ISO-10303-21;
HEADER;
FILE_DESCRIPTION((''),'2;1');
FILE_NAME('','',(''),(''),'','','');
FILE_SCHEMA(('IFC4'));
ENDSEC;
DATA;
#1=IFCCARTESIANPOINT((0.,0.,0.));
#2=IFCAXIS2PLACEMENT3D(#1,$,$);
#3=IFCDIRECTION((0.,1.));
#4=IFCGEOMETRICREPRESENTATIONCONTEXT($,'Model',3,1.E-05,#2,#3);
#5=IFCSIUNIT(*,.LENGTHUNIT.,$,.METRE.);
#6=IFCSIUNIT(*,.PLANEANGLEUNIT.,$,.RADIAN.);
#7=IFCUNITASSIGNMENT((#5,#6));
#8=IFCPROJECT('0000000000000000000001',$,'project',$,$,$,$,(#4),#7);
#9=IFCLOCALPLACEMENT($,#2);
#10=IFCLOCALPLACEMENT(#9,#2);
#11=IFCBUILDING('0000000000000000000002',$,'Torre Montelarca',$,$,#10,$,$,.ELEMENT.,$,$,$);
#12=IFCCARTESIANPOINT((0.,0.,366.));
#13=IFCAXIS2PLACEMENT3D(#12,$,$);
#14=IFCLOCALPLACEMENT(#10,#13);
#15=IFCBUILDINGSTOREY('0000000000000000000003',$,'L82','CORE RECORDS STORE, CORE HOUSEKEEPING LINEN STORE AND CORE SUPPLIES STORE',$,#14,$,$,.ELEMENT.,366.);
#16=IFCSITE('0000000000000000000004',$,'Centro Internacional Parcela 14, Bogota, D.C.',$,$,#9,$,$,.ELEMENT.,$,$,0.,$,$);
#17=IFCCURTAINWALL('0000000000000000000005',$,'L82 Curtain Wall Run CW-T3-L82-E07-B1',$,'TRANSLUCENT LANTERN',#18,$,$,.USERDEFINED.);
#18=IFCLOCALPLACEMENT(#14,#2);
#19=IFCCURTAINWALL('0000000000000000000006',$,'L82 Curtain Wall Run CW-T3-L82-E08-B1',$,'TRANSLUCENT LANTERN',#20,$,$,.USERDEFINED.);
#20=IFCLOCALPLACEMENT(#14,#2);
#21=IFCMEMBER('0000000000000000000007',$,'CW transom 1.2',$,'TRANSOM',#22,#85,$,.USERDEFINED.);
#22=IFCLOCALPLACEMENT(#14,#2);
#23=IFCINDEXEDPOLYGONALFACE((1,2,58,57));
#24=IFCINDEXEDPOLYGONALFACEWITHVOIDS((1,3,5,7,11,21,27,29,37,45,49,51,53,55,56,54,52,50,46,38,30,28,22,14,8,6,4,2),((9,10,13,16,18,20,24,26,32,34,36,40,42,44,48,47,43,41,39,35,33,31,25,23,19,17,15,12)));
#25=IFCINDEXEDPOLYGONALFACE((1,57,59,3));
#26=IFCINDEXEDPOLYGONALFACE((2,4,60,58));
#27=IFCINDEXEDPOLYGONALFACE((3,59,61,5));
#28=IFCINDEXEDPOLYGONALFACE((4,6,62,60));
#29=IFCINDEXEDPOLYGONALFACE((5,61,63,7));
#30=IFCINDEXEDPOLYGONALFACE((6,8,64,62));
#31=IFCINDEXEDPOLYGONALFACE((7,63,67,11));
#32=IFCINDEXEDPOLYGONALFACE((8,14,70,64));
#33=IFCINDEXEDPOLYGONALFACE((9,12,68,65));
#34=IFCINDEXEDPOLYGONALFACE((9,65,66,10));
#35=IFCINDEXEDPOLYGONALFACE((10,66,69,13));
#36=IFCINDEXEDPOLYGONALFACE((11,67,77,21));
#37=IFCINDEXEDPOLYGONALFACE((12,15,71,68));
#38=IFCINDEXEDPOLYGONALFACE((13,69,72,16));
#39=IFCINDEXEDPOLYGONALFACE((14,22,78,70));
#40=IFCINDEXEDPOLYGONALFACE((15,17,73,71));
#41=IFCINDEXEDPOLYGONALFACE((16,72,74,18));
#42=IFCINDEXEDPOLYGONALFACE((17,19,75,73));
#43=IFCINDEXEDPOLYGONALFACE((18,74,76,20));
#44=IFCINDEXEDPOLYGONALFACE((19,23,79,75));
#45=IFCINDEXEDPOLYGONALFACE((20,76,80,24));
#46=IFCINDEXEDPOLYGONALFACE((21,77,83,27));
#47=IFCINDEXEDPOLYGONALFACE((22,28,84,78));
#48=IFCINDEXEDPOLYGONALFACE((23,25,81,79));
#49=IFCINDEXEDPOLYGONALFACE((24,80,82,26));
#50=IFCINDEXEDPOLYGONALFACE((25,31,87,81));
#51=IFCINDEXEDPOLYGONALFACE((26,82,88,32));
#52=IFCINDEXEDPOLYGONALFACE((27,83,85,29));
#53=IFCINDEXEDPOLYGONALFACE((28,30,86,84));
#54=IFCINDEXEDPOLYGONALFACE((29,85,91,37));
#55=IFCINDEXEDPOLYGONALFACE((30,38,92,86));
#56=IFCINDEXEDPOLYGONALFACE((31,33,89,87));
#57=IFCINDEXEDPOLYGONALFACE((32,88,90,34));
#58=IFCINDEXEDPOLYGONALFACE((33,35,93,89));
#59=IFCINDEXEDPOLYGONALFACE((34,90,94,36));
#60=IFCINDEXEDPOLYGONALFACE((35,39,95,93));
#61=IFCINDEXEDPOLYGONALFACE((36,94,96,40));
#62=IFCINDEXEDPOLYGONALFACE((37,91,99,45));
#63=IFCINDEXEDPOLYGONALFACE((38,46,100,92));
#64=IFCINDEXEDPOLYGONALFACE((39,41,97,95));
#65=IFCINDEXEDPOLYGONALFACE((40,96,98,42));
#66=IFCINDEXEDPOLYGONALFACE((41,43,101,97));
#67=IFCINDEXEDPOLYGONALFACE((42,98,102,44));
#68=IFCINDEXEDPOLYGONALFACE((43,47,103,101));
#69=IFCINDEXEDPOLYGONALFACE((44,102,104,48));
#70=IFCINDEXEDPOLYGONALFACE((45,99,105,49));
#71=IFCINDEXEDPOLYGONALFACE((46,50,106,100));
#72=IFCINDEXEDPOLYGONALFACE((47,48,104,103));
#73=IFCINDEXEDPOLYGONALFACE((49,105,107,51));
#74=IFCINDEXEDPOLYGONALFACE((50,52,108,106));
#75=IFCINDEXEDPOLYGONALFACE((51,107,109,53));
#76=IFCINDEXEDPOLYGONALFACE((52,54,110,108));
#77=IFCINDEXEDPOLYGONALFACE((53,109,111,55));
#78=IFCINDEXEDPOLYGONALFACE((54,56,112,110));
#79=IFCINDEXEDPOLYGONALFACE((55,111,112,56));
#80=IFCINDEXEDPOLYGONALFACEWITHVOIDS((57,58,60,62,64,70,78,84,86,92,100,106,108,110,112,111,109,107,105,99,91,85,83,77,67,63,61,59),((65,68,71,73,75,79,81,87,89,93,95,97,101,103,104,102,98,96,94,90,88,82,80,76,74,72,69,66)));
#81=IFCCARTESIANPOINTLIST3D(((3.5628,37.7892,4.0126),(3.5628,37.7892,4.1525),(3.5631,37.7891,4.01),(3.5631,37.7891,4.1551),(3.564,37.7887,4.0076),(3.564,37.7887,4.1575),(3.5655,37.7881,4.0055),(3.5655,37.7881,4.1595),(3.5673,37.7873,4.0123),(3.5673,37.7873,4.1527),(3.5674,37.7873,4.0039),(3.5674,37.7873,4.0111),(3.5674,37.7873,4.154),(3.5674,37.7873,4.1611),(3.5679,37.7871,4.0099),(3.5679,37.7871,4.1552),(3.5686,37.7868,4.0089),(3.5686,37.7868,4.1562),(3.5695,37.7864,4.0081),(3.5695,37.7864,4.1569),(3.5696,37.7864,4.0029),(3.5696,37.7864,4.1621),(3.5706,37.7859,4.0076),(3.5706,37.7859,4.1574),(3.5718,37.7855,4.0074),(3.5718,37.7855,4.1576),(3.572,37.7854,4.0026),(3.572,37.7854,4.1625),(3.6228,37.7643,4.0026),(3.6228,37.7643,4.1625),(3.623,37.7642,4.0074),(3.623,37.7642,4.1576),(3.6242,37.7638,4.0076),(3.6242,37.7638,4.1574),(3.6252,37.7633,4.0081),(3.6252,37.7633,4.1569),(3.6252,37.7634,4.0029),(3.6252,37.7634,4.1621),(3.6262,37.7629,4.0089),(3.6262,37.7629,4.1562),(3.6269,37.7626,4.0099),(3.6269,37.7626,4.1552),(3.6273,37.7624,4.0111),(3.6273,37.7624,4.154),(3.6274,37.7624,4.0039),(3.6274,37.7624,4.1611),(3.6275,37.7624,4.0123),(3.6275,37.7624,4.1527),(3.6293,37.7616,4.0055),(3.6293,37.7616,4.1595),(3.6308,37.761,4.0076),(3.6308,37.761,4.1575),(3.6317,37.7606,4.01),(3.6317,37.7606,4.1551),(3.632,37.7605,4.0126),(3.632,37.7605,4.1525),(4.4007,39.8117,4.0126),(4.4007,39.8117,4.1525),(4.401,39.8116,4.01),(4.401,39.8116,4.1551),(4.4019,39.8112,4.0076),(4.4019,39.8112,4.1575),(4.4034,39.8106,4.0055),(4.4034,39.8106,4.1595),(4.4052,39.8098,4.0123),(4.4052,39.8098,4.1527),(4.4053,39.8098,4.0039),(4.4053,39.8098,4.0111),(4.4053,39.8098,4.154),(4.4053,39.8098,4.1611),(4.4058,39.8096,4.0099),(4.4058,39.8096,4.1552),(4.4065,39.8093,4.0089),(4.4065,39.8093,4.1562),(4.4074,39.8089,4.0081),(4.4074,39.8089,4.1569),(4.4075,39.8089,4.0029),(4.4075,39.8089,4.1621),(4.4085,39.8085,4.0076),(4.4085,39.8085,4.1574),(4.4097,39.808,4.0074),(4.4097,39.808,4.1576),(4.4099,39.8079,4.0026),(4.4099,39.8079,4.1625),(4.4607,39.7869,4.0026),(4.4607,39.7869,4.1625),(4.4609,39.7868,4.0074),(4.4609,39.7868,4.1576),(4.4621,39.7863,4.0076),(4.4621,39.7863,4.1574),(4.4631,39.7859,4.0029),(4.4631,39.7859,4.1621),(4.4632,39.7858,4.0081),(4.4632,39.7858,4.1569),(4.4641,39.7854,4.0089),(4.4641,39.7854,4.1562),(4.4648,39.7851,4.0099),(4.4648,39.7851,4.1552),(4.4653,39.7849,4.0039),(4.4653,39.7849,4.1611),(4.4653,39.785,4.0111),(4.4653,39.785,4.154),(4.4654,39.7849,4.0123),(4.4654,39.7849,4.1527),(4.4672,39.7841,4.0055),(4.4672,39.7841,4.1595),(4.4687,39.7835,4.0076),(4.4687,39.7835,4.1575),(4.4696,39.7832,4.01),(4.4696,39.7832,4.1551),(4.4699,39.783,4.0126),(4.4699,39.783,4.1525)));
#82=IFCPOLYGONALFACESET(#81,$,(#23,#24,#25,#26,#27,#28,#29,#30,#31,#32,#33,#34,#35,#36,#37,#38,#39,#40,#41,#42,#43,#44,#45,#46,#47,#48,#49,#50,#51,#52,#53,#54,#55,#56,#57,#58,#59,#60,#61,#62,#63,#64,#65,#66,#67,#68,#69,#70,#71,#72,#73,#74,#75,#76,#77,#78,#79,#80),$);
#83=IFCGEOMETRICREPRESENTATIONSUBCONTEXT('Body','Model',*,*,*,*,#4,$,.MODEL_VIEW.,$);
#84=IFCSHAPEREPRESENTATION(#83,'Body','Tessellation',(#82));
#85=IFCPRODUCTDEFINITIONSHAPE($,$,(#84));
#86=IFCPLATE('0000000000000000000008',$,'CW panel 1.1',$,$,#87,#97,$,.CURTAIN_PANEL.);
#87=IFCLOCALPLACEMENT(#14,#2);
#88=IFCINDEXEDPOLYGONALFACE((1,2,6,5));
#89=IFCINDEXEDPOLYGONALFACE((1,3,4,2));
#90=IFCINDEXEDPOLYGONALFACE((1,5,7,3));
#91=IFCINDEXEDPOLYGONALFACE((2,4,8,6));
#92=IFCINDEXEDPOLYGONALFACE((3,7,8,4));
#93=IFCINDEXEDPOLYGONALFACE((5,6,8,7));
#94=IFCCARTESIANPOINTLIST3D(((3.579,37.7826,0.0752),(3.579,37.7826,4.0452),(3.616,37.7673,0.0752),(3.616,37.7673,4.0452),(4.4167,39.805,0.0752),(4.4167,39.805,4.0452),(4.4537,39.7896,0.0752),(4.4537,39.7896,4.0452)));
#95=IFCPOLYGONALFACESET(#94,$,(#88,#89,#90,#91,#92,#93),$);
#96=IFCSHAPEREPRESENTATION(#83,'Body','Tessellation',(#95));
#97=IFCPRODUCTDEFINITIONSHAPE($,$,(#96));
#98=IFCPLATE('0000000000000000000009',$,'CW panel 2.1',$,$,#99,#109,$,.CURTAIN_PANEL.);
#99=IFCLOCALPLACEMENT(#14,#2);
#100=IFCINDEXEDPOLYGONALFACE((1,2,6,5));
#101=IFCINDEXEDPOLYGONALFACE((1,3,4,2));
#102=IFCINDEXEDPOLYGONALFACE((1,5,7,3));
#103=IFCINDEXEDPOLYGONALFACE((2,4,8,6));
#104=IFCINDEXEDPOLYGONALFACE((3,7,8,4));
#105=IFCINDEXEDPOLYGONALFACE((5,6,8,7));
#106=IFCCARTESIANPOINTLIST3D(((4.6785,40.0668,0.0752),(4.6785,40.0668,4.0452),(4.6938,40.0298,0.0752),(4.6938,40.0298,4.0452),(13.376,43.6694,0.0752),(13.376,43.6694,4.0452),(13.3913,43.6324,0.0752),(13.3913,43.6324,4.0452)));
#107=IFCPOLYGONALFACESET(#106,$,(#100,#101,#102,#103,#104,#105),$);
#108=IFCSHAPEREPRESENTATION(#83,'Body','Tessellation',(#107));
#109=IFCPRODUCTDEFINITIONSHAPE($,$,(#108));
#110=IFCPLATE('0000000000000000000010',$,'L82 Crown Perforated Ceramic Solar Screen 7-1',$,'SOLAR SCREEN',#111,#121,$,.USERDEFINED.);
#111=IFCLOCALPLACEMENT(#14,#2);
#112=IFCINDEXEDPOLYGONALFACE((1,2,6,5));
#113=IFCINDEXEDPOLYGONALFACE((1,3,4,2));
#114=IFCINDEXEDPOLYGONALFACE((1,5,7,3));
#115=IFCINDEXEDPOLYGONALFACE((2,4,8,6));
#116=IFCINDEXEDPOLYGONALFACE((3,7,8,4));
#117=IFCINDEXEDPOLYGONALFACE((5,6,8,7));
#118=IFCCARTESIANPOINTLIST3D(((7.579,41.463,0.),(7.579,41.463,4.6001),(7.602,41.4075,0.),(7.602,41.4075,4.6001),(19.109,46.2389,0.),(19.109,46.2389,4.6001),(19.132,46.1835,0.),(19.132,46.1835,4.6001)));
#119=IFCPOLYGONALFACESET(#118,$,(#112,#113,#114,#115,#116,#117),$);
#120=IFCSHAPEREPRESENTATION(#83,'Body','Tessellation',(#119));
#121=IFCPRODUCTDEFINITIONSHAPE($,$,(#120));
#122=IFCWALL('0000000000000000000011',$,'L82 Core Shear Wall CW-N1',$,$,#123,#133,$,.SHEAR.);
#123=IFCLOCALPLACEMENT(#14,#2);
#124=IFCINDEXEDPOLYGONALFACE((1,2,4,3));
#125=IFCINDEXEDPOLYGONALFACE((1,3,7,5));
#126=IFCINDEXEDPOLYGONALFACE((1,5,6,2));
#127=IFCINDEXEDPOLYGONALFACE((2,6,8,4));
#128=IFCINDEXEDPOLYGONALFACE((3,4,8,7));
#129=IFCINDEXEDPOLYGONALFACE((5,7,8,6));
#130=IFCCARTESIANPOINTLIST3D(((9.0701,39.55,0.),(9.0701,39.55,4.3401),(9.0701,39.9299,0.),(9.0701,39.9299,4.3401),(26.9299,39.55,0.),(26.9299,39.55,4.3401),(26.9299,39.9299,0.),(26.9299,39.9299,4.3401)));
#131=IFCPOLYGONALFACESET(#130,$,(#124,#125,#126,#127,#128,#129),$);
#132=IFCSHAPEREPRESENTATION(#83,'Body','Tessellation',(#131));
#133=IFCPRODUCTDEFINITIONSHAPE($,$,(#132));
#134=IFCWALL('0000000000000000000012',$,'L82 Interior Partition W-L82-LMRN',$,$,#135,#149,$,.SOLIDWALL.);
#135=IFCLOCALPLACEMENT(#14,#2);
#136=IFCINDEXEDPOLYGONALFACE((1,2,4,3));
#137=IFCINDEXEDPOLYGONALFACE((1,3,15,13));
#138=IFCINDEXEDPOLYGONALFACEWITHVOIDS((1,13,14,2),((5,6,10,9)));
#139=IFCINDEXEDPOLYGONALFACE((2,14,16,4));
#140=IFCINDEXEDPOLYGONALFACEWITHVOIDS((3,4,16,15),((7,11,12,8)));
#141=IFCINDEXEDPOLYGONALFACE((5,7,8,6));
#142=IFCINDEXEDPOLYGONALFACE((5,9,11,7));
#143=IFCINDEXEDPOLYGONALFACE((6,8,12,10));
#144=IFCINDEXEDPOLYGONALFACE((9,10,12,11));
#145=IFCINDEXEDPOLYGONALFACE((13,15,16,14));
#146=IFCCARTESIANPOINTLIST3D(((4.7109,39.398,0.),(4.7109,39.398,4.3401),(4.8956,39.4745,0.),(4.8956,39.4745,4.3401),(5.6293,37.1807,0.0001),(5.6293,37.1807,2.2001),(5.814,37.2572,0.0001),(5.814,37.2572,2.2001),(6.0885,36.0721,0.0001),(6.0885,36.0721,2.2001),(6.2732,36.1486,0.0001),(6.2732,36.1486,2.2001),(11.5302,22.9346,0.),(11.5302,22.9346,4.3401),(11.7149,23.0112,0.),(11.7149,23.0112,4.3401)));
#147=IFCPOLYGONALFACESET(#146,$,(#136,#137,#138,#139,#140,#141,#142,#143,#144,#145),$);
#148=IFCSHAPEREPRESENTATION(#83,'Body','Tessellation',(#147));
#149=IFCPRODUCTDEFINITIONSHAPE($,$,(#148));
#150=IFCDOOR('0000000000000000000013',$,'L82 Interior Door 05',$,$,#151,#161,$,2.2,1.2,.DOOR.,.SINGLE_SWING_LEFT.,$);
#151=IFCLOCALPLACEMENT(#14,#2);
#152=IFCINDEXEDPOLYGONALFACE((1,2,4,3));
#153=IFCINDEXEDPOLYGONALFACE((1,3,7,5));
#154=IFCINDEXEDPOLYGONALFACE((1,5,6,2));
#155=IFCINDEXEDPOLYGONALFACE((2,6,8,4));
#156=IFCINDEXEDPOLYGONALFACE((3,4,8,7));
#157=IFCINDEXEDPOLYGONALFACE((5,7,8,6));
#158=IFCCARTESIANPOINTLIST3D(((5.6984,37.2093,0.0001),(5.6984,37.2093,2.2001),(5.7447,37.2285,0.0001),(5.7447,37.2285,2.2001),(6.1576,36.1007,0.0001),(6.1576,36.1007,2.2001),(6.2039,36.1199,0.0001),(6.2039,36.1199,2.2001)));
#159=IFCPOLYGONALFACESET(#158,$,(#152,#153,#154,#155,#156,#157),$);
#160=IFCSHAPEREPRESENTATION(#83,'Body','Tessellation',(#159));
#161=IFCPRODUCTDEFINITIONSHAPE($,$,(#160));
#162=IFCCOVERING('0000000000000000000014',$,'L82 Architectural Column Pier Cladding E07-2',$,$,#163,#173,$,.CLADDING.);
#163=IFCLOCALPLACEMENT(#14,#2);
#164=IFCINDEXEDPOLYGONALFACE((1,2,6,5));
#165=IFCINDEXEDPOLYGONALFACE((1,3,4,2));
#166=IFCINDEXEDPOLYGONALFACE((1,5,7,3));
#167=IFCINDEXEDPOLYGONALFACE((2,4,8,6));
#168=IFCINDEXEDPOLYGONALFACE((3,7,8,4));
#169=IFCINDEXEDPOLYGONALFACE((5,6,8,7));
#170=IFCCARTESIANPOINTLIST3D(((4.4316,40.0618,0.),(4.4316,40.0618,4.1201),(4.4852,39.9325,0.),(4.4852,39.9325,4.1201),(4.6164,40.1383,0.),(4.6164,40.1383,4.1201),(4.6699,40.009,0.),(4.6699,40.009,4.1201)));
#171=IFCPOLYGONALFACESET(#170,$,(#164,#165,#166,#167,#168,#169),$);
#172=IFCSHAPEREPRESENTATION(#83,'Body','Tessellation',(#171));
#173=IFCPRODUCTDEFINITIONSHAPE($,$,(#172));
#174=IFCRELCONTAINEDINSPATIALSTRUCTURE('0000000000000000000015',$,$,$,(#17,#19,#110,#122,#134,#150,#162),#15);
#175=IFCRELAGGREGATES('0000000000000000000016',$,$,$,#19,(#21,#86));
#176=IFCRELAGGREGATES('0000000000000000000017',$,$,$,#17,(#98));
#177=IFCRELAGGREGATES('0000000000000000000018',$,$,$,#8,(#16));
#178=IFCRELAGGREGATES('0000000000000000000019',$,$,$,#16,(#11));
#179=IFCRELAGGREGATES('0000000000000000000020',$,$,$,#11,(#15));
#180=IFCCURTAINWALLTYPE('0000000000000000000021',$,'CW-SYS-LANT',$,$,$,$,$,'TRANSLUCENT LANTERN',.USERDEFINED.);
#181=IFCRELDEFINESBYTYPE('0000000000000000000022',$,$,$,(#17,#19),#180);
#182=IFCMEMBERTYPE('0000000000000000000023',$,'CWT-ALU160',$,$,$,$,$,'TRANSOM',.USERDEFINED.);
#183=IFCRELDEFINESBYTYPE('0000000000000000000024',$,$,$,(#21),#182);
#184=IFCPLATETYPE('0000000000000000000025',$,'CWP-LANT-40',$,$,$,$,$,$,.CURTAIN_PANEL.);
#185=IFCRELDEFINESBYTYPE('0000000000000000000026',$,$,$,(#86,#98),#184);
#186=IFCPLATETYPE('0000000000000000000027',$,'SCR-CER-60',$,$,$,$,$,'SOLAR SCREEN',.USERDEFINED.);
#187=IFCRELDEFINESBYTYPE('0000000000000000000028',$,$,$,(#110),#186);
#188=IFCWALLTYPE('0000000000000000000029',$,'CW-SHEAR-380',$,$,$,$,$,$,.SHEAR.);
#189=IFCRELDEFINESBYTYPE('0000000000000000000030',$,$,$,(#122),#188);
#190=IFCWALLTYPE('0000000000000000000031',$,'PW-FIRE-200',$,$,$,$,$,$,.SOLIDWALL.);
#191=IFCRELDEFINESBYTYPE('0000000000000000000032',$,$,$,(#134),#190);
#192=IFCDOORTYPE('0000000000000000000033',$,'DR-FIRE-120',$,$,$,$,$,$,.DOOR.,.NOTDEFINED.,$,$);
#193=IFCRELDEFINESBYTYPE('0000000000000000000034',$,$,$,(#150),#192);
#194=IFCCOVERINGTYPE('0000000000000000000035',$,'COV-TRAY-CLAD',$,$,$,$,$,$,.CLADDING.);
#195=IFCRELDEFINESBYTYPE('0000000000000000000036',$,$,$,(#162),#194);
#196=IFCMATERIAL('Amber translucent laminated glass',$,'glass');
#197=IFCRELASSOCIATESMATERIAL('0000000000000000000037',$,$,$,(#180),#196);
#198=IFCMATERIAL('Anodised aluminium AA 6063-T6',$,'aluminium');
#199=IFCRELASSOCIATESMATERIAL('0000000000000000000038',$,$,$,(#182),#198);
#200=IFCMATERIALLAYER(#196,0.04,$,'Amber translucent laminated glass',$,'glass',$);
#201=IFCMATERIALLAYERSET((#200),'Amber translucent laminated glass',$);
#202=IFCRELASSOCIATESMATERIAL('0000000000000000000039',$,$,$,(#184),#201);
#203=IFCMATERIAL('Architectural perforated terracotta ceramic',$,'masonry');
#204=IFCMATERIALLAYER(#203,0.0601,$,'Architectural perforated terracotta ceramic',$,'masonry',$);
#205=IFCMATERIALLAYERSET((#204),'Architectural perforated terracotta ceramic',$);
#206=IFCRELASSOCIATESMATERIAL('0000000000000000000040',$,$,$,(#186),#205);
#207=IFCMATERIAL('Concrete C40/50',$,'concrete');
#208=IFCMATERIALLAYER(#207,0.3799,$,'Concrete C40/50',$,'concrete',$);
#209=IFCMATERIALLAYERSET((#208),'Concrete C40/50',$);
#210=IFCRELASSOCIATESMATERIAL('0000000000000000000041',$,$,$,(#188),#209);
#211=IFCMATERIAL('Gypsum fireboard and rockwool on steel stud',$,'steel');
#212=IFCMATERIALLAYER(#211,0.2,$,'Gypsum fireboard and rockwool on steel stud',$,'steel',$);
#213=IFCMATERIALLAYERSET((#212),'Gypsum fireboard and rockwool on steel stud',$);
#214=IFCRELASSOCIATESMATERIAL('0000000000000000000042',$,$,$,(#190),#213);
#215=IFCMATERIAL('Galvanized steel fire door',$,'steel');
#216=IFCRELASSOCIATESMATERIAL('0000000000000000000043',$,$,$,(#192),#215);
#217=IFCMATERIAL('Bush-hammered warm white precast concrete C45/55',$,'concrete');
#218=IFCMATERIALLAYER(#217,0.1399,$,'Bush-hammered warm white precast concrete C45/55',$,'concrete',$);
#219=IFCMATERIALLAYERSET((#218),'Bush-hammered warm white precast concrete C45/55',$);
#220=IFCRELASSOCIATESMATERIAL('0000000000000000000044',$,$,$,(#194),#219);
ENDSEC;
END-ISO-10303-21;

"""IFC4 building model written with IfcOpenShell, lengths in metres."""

from ifc_helpers import new_model, si_unit, direction, frame, frame_2d, origin, origin_2d, place, context, subcontext, project, spatial, rectangle, hollow_rectangle, extrude, source, transform, mapped, material, layer, layer_set, material_profile, profile_set, type_object, element, fill, aggregate, save


model = new_model("IFC4")

# Units and contexts
model_context = context("Model", 3, precision=1e-05, world=origin(), true_north=direction((0.0, 1.0)))
body_context = subcontext(model_context, "Body", "Model", "MODEL_VIEW")
ifc_project = project(units=[si_unit("LENGTHUNIT", "METRE"), si_unit("PLANEANGLEUNIT", "RADIAN")], contexts=[model_context])

# Site, building, storey
site_placement = place(None, origin())
site = spatial("IfcSite", under=ifc_project, at=site_placement, Name="Centro Internacional Parcela 14, Bogota, D.C.", CompositionType="ELEMENT", RefElevation=0.0)
building_placement = place(site_placement, origin())
building = spatial("IfcBuilding", under=site, at=building_placement, Name="Torre Montelarca", CompositionType="ELEMENT")
storey_placement = place(building_placement, frame((0.0, 0.0, 366.0)))
storey = spatial("IfcBuildingStorey", under=building, at=storey_placement, Name="L82", Description="CORE RECORDS STORE, CORE HOUSEKEEPING LINEN STORE AND CORE SUPPLIES STORE", CompositionType="ELEMENT", Elevation=366.0)

# Curtain wall
ifc_material_1 = material(Name="Amber translucent laminated glass", Category="glass")
curtain_wall_type = type_object("IfcCurtainWallType", Name="CW-SYS-LANT", ElementType="TRANSLUCENT LANTERN", PredefinedType="USERDEFINED", material=ifc_material_1)
curtain_wall_1_placement = place(storey_placement, origin())
curtain_wall_1 = element("IfcCurtainWall", 1, at=curtain_wall_1_placement, inside=storey, type_object=curtain_wall_type, Name="L82 Curtain Wall Run CW-T3-L82-E07-B1", ObjectType="TRANSLUCENT LANTERN", PredefinedType="USERDEFINED")
ifc_material_2 = material(Name="Anodised aluminium AA 6063-T6", Category="aluminium")

# Curtain wall
curtain_wall_2_placement = place(storey_placement, origin())
curtain_wall_2 = element("IfcCurtainWall", 2, at=curtain_wall_2_placement, inside=storey, type_object=curtain_wall_type, Name="L82 Curtain Wall Run CW-T3-L82-E08-B1", ObjectType="TRANSLUCENT LANTERN", PredefinedType="USERDEFINED")

# Member
ifc_material_profile_1 = material_profile(ifc_material_2, hollow_rectangle(XDim=0.075, YDim=0.1599, WallThickness=0.0049, InnerFilletRadius=0.0049, OuterFilletRadius=0.01, at=origin_2d()), Name="ALU75X160X5", Category="aluminium")
ifc_profile_set_1 = profile_set([ifc_material_profile_1], Name="Anodised aluminium AA 6063-T6")
member_type_1 = type_object("IfcMemberType", Name="CWT-ALU160", ElementType="TRANSOM", PredefinedType="USERDEFINED", material=ifc_profile_set_1)
shared_shape_1 = source(origin(), body_context, "Body", "SweptSolid", [
    extrude(hollow_rectangle(XDim=0.075, YDim=0.1599, WallThickness=0.0049, InnerFilletRadius=0.0049, OuterFilletRadius=0.01, at=origin_2d()), origin(), (0.0, 0.0, 1.0), 2.1892),
])
member_1_placement = place(storey_placement, frame((4.4353, 39.7974, 4.0825), z_axis=(-0.382746, -0.923854, 0.0), x_axis=(0.923854, -0.382746, 0.0)))
member_1 = element("IfcMember", 3, at=member_1_placement, type_object=member_type_1, Name="CW transom 1.2", ObjectType="TRANSOM", PredefinedType="USERDEFINED", context=body_context, shape_type="MappedRepresentation", body=[
    mapped(shared_shape_1, transform((0.0, 0.0, 0.0), scale=1.0)),
])

# Plates
ifc_layer_1 = layer(ifc_material_1, 0.04, Name="Amber translucent laminated glass", Category="glass")
ifc_layer_set_1 = layer_set([ifc_layer_1], Name="Amber translucent laminated glass")
plate_type_1 = type_object("IfcPlateType", Name="CWP-LANT-40", PredefinedType="CURTAIN_PANEL", material=ifc_layer_set_1)
shared_shape_2 = source(origin(), body_context, "Body", "SweptSolid", [
    extrude(rectangle(XDim=2.189, YDim=0.04, at=origin_2d()), origin(), (0.0, 0.0, 1.0), 3.97),
])
plate_1_placement = place(storey_placement, frame((4.0164, 38.7861, 0.0752), z_axis=(0.0, 0.0, 1.0), x_axis=(-0.382683, -0.92388, 0.0)))
plate_1 = element("IfcPlate", 4, at=plate_1_placement, type_object=plate_type_1, Name="CW panel 1.1", PredefinedType="CURTAIN_PANEL", context=body_context, shape_type="MappedRepresentation", body=[
    mapped(shared_shape_2, transform((0.0, 0.0, 0.0), scale=1.0)),
])
aggregate(curtain_wall_2, [member_1, plate_1])
shared_shape_3 = source(origin(), body_context, "Body", "SweptSolid", [
    extrude(rectangle(XDim=9.4141, YDim=0.04, at=origin_2d()), origin(), (0.0, 0.0, 1.0), 3.97),
])
plate_2_placement = place(storey_placement, frame((9.0349, 41.8496, 0.0752), z_axis=(0.0, 0.0, 1.0), x_axis=(-0.923879, -0.382685, 0.0)))
plate_2 = element("IfcPlate", 5, at=plate_2_placement, type_object=plate_type_1, Name="CW panel 2.1", PredefinedType="CURTAIN_PANEL", context=body_context, shape_type="MappedRepresentation", body=[
    mapped(shared_shape_3, transform((0.0, 0.0, 0.0), scale=1.0)),
])
aggregate(curtain_wall_1, [plate_2])
ifc_material_3 = material(Name="Architectural perforated terracotta ceramic", Category="masonry")
ifc_layer_2 = layer(ifc_material_3, 0.0601, Name="Architectural perforated terracotta ceramic", Category="masonry")
ifc_layer_set_2 = layer_set([ifc_layer_2], Name="Architectural perforated terracotta ceramic")
plate_type_2 = type_object("IfcPlateType", Name="SCR-CER-60", ElementType="SOLAR SCREEN", PredefinedType="USERDEFINED", material=ifc_layer_set_2)
shared_shape_4 = source(origin(), body_context, "Body", "SweptSolid", [
    extrude(rectangle(XDim=12.48, YDim=0.0601, at=origin_2d()), origin(), (0.0, 0.0, 1.0), 4.6001),
])
plate_3_placement = place(storey_placement, frame((13.3555, 43.8232, 0.0), z_axis=(0.0, 0.0, 1.0), x_axis=(-0.923878, -0.382687, 0.0)))
element("IfcPlate", 6, at=plate_3_placement, inside=storey, type_object=plate_type_2, Name="L82 Crown Perforated Ceramic Solar Screen 7-1", ObjectType="SOLAR SCREEN", PredefinedType="USERDEFINED", context=body_context, shape_type="MappedRepresentation", body=[
    mapped(shared_shape_4, transform((0.0, 0.0, 0.0), scale=1.0)),
])

# Wall
ifc_material_4 = material(Name="Concrete C40/50", Category="concrete")
ifc_layer_3 = layer(ifc_material_4, 0.3799, Name="Concrete C40/50", Category="concrete")
ifc_layer_set_3 = layer_set([ifc_layer_3], Name="Concrete C40/50")
wall_type_1 = type_object("IfcWallType", Name="CW-SHEAR-380", PredefinedType="SHEAR", material=ifc_layer_set_3)
wall_1_placement = place(storey_placement, frame((9.0701, 39.74, 0.0), z_axis=(0.0, 0.0, 1.0), x_axis=(1.0, 0.0, 0.0)))
element("IfcWall", 7, at=wall_1_placement, inside=storey, type_object=wall_type_1, Name="L82 Core Shear Wall CW-N1", PredefinedType="SHEAR", context=body_context, shape_type="SweptSolid", body=[
    extrude(rectangle(XDim=17.8599, YDim=0.3799, at=frame_2d((8.9299, 0.0))), origin(), (0.0, 0.0, 1.0), 4.3401),
])

# Wall, opening, door
ifc_material_5 = material(Name="Gypsum fireboard and rockwool on steel stud", Category="steel")
ifc_layer_4 = layer(ifc_material_5, 0.2, Name="Gypsum fireboard and rockwool on steel stud", Category="steel")
ifc_layer_set_4 = layer_set([ifc_layer_4], Name="Gypsum fireboard and rockwool on steel stud")
wall_type_2 = type_object("IfcWallType", Name="PW-FIRE-200", PredefinedType="SOLIDWALL", material=ifc_layer_set_4)
wall_2_placement = place(storey_placement, frame((4.8032, 39.4363, 0.0), z_axis=(0.0, 0.0, 1.0), x_axis=(0.382683, -0.92388, 0.0)))
wall_2 = element("IfcWall", 8, at=wall_2_placement, inside=storey, type_object=wall_type_2, Name="L82 Interior Partition W-L82-LMRN", PredefinedType="SOLIDWALL", context=body_context, shape_type="SweptSolid", body=[
    extrude(rectangle(XDim=17.8198, YDim=0.2, at=frame_2d((8.9099, 0.0))), origin(), (0.0, 0.0, 1.0), 4.3401),
])
opening_placement = place(wall_2_placement, frame((2.3999, 0.0, 0.0)))
opening = element("IfcOpeningElement", 9, at=opening_placement, cuts=wall_2, PredefinedType="OPENING", context=body_context, shape_type="SweptSolid", body=[
    extrude(rectangle(XDim=1.2, YDim=2.2, at=frame_2d((0.6001, 1.1001))), frame((0.0, 0.1099, 0.0), z_axis=(0.0, -1.0, 0.0), x_axis=(1.0, 0.0, 0.0)), (0.0, 0.0, 1.0), 0.22),
])
ifc_material_6 = material(Name="Galvanized steel fire door", Category="steel")
door_type = type_object("IfcDoorType", Name="DR-FIRE-120", OperationType="NOTDEFINED", PredefinedType="DOOR", material=ifc_material_6)
shared_shape_5 = source(origin(), body_context, "Body", "SweptSolid", [
    extrude(rectangle(XDim=1.2, YDim=2.2, at=frame_2d((0.6001, 1.1001))), frame((0.0, 0.0249, 0.0), z_axis=(0.0, -1.0, 0.0), x_axis=(1.0, 0.0, 0.0)), (0.0, 0.0, 1.0), 0.05),
])
door_placement = place(opening_placement, origin())
door = element("IfcDoor", 10, at=door_placement, inside=storey, type_object=door_type, Name="L82 Interior Door 05", OperationType="SINGLE_SWING_LEFT", OverallHeight=2.2, OverallWidth=1.2, PredefinedType="DOOR", context=body_context, shape_type="MappedRepresentation", body=[
    mapped(shared_shape_5, transform((0.0, 0.0, 0.0), scale=1.0)),
])
fill(opening, door)

# Covering
ifc_material_7 = material(Name="Bush-hammered warm white precast concrete C45/55", Category="concrete")
ifc_layer_5 = layer(ifc_material_7, 0.1399, Name="Bush-hammered warm white precast concrete C45/55", Category="concrete")
ifc_layer_set_5 = layer_set([ifc_layer_5], Name="Bush-hammered warm white precast concrete C45/55")
covering_type = type_object("IfcCoveringType", Name="COV-TRAY-CLAD", PredefinedType="CLADDING", material=ifc_layer_set_5)
shared_shape_6 = source(origin(), body_context, "Body", "SweptSolid", [
    extrude(rectangle(XDim=0.2, YDim=0.1399, at=origin_2d()), origin(), (0.0, 0.0, 1.0), 4.1201),
])
for number, where, z_axis, x_axis, name in (
    (11, (4.5508, 40.0354, 0.0), (0.0, 0.0, 1.0), (-0.923878, -0.382687, 0.0), "L82 Architectural Column Pier Cladding E07-2"),
):
    element("IfcCovering", number, at=place(storey_placement, frame(where, z_axis=z_axis, x_axis=x_axis)), inside=storey, type_object=covering_type, Name=name, PredefinedType="CLADDING", context=body_context, shape_type="MappedRepresentation", body=[
        mapped(shared_shape_6, transform((0.0, 0.0, 0.0), scale=1.0)),
    ])

save(model, "model.ifc")
